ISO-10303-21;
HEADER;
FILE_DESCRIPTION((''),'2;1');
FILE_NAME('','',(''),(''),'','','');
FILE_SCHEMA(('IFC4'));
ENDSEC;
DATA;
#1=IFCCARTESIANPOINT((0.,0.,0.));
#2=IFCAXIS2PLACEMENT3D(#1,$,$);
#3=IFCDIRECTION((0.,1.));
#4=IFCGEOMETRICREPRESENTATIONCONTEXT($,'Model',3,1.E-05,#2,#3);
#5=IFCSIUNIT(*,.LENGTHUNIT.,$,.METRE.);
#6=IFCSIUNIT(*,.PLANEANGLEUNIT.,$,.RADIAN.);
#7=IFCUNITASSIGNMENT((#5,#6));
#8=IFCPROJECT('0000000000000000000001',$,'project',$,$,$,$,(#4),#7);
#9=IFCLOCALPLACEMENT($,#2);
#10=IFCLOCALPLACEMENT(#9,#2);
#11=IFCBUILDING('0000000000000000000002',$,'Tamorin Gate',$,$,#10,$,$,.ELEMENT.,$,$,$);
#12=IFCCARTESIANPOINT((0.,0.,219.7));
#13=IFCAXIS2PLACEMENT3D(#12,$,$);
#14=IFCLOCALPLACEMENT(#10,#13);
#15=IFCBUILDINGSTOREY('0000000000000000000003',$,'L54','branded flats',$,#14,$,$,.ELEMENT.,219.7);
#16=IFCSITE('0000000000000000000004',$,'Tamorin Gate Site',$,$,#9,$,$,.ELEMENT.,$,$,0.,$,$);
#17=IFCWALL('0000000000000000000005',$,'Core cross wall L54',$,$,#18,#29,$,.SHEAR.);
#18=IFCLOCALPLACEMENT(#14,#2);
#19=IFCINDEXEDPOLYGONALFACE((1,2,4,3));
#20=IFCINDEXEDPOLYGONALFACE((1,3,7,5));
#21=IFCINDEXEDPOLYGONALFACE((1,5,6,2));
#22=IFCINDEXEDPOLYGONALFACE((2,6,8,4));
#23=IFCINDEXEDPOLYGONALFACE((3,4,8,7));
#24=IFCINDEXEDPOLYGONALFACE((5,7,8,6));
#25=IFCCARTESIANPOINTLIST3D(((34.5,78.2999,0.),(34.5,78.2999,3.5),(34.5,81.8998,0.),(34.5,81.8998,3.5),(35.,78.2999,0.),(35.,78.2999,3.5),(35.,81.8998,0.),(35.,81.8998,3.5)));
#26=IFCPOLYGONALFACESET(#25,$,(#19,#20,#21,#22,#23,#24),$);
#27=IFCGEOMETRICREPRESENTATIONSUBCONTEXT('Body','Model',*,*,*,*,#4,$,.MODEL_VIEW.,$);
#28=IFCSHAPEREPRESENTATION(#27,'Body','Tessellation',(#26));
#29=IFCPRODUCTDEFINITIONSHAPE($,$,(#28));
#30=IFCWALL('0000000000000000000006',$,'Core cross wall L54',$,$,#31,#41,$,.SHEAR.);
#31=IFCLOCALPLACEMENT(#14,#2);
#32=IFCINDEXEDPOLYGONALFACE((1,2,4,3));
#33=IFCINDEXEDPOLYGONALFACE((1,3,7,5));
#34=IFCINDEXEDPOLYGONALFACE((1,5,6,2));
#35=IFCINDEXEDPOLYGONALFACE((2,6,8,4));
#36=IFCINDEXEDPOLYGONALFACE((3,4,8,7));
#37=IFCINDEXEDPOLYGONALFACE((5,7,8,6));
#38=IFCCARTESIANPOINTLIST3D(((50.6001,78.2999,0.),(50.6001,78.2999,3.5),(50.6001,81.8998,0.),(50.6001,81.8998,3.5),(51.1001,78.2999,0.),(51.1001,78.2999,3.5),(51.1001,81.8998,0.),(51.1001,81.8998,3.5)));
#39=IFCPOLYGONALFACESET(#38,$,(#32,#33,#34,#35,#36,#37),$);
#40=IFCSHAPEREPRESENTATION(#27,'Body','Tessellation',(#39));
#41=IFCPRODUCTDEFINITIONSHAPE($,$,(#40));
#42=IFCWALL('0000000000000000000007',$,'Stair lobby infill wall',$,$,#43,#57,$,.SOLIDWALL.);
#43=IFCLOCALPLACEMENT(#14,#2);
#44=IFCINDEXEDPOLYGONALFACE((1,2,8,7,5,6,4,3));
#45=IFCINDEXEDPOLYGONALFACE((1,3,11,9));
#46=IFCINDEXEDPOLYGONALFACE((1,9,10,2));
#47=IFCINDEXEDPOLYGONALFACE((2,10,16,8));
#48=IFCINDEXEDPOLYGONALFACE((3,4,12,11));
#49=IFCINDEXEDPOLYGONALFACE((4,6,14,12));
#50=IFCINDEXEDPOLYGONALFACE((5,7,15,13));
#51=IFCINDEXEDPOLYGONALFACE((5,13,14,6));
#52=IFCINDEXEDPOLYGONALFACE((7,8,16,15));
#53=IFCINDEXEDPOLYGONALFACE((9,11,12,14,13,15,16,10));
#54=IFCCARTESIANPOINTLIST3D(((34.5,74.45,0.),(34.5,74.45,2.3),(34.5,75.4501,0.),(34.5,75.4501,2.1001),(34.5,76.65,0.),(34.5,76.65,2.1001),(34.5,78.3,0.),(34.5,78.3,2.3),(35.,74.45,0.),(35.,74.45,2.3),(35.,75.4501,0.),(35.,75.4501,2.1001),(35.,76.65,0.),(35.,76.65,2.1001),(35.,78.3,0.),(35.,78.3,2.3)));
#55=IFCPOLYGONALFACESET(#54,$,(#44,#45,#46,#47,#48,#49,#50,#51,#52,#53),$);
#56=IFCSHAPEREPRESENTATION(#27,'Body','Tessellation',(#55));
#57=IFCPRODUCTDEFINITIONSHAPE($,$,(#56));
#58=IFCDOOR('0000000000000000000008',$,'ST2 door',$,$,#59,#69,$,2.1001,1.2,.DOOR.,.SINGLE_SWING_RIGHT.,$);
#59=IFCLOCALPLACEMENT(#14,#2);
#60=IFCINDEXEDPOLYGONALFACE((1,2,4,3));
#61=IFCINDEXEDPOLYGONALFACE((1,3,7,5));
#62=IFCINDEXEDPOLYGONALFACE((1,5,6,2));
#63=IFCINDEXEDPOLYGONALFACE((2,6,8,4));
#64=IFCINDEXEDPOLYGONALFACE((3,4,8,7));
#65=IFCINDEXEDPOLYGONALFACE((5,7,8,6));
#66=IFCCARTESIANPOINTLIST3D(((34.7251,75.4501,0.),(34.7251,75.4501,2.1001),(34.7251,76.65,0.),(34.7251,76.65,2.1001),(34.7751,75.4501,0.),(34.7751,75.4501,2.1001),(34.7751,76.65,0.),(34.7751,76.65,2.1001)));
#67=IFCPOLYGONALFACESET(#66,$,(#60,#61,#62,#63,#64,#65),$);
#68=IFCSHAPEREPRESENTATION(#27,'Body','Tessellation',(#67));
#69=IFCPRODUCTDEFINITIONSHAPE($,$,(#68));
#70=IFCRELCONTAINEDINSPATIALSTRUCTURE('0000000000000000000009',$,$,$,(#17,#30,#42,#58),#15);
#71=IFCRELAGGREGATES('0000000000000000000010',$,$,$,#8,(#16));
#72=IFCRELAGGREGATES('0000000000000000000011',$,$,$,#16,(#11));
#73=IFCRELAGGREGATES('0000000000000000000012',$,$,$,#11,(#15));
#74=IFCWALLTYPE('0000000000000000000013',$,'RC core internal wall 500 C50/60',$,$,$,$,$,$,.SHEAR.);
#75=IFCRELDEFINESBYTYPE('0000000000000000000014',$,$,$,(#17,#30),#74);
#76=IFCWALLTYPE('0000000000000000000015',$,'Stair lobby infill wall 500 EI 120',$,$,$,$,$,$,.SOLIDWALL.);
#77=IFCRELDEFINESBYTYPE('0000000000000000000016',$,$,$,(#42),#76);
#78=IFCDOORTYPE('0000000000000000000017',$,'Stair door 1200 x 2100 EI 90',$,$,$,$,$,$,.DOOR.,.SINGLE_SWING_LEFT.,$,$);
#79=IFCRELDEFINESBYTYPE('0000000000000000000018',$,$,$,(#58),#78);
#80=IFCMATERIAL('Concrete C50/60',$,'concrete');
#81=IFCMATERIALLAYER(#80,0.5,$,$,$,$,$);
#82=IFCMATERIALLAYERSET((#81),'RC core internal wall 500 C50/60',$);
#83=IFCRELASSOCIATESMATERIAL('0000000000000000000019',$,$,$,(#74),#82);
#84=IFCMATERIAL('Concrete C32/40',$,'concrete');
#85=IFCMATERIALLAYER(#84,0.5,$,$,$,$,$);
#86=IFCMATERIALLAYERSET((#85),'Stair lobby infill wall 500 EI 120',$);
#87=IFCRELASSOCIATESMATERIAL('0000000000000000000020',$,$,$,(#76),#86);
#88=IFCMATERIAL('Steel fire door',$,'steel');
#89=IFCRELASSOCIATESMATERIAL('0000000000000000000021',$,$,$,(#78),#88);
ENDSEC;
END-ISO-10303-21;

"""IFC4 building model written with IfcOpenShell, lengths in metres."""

from ifc_helpers import new_model, si_unit, direction, frame, frame_2d, origin, place, context, subcontext, project, spatial, rectangle, extrude, material, layer, layer_set, type_object, element, fill, save


model = new_model("IFC4")

# Units and contexts
model_context = context("Model", 3, precision=1e-05, world=origin(), true_north=direction((0.0, 1.0)))
body_context = subcontext(model_context, "Body", "Model", "MODEL_VIEW")
ifc_project = project(units=[si_unit("LENGTHUNIT", "METRE"), si_unit("PLANEANGLEUNIT", "RADIAN")], contexts=[model_context])

# Site, building, storey
site_placement = place(None, origin())
site = spatial("IfcSite", under=ifc_project, at=site_placement, Name="Tamorin Gate Site", CompositionType="ELEMENT", RefElevation=0.0)
building_placement = place(site_placement, origin())
building = spatial("IfcBuilding", under=site, at=building_placement, Name="Tamorin Gate", CompositionType="ELEMENT")
storey_placement = place(building_placement, frame((0.0, 0.0, 219.7)))
storey = spatial("IfcBuildingStorey", under=building, at=storey_placement, Name="L54", Description="branded flats", CompositionType="ELEMENT", Elevation=219.7)

# Shared definitions
ifc_material_1 = material(Name="Concrete C50/60", Category="concrete")

# Shared definitions
ifc_material_2 = material(Name="Concrete C32/40", Category="concrete")

# Shared definitions
ifc_material_3 = material(Name="Steel fire door", Category="steel")

# Walls
ifc_layer_1 = layer(ifc_material_1, 0.5)
ifc_layer_set_1 = layer_set([ifc_layer_1], Name="RC core internal wall 500 C50/60")
wall_type_1 = type_object("IfcWallType", Name="RC core internal wall 500 C50/60", PredefinedType="SHEAR", material=ifc_layer_set_1)
for number, where, z_axis, x_axis, name in (
    (1, (34.75, 78.3, 0.0), (0.0, 0.0, 1.0), (0.0, 1.0, 0.0), "Core cross wall L54"),
    (2, (50.8501, 78.3, 0.0), (0.0, 0.0, 1.0), (0.0, 1.0, 0.0), "Core cross wall L54"),
):
    element("IfcWall", number, at=place(storey_placement, frame(where, z_axis=z_axis, x_axis=x_axis)), inside=storey, type_object=wall_type_1, Name=name, PredefinedType="SHEAR", context=body_context, shape_type="SweptSolid", body=[
        extrude(rectangle(XDim=3.5999, YDim=0.5, at=frame_2d((1.7998, 0.0))), origin(), (0.0, 0.0, 1.0), 3.5),
    ])

# Wall, opening, door
ifc_layer_2 = layer(ifc_material_2, 0.5)
ifc_layer_set_2 = layer_set([ifc_layer_2], Name="Stair lobby infill wall 500 EI 120")
wall_type_2 = type_object("IfcWallType", Name="Stair lobby infill wall 500 EI 120", PredefinedType="SOLIDWALL", material=ifc_layer_set_2)
wall_1_placement = place(storey_placement, frame((34.75, 74.45, 0.0), z_axis=(0.0, 0.0, 1.0), x_axis=(0.0, 1.0, 0.0)))
wall_1 = element("IfcWall", 3, at=wall_1_placement, inside=storey, type_object=wall_type_2, Name="Stair lobby infill wall", PredefinedType="SOLIDWALL", context=body_context, shape_type="SweptSolid", body=[
    extrude(rectangle(XDim=3.8501, YDim=0.5, at=frame_2d((1.925, 0.0))), origin(), (0.0, 0.0, 1.0), 2.3),
])
opening_1_placement = place(wall_1_placement, frame((1.0, 0.0, 0.0)))
opening_1 = element("IfcOpeningElement", 4, at=opening_1_placement, cuts=wall_1, PredefinedType="OPENING", context=body_context, shape_type="SweptSolid", body=[
    extrude(rectangle(XDim=1.2, YDim=2.1001, at=frame_2d((0.6001, 1.05))), frame((0.0, 0.26, 0.0), z_axis=(0.0, -1.0, 0.0), x_axis=(1.0, 0.0, 0.0)), (0.0, 0.0, 1.0), 0.52),
])
door_type_1 = type_object("IfcDoorType", Name="Stair door 1200 x 2100 EI 90", OperationType="SINGLE_SWING_LEFT", PredefinedType="DOOR", material=ifc_material_3)
door_1_placement = place(opening_1_placement, origin())
door_1 = element("IfcDoor", 5, at=door_1_placement, inside=storey, type_object=door_type_1, Name="ST2 door", OperationType="SINGLE_SWING_RIGHT", OverallHeight=2.1001, OverallWidth=1.2, PredefinedType="DOOR", context=body_context, shape_type="SweptSolid", body=[
    extrude(rectangle(XDim=1.2, YDim=2.1001, at=frame_2d((0.6001, 1.05))), frame((0.0, 0.0249, 0.0), z_axis=(0.0, -1.0, 0.0), x_axis=(1.0, 0.0, 0.0)), (0.0, 0.0, 1.0), 0.05),
])
fill(opening_1, door_1)

save(model, "model.ifc")
